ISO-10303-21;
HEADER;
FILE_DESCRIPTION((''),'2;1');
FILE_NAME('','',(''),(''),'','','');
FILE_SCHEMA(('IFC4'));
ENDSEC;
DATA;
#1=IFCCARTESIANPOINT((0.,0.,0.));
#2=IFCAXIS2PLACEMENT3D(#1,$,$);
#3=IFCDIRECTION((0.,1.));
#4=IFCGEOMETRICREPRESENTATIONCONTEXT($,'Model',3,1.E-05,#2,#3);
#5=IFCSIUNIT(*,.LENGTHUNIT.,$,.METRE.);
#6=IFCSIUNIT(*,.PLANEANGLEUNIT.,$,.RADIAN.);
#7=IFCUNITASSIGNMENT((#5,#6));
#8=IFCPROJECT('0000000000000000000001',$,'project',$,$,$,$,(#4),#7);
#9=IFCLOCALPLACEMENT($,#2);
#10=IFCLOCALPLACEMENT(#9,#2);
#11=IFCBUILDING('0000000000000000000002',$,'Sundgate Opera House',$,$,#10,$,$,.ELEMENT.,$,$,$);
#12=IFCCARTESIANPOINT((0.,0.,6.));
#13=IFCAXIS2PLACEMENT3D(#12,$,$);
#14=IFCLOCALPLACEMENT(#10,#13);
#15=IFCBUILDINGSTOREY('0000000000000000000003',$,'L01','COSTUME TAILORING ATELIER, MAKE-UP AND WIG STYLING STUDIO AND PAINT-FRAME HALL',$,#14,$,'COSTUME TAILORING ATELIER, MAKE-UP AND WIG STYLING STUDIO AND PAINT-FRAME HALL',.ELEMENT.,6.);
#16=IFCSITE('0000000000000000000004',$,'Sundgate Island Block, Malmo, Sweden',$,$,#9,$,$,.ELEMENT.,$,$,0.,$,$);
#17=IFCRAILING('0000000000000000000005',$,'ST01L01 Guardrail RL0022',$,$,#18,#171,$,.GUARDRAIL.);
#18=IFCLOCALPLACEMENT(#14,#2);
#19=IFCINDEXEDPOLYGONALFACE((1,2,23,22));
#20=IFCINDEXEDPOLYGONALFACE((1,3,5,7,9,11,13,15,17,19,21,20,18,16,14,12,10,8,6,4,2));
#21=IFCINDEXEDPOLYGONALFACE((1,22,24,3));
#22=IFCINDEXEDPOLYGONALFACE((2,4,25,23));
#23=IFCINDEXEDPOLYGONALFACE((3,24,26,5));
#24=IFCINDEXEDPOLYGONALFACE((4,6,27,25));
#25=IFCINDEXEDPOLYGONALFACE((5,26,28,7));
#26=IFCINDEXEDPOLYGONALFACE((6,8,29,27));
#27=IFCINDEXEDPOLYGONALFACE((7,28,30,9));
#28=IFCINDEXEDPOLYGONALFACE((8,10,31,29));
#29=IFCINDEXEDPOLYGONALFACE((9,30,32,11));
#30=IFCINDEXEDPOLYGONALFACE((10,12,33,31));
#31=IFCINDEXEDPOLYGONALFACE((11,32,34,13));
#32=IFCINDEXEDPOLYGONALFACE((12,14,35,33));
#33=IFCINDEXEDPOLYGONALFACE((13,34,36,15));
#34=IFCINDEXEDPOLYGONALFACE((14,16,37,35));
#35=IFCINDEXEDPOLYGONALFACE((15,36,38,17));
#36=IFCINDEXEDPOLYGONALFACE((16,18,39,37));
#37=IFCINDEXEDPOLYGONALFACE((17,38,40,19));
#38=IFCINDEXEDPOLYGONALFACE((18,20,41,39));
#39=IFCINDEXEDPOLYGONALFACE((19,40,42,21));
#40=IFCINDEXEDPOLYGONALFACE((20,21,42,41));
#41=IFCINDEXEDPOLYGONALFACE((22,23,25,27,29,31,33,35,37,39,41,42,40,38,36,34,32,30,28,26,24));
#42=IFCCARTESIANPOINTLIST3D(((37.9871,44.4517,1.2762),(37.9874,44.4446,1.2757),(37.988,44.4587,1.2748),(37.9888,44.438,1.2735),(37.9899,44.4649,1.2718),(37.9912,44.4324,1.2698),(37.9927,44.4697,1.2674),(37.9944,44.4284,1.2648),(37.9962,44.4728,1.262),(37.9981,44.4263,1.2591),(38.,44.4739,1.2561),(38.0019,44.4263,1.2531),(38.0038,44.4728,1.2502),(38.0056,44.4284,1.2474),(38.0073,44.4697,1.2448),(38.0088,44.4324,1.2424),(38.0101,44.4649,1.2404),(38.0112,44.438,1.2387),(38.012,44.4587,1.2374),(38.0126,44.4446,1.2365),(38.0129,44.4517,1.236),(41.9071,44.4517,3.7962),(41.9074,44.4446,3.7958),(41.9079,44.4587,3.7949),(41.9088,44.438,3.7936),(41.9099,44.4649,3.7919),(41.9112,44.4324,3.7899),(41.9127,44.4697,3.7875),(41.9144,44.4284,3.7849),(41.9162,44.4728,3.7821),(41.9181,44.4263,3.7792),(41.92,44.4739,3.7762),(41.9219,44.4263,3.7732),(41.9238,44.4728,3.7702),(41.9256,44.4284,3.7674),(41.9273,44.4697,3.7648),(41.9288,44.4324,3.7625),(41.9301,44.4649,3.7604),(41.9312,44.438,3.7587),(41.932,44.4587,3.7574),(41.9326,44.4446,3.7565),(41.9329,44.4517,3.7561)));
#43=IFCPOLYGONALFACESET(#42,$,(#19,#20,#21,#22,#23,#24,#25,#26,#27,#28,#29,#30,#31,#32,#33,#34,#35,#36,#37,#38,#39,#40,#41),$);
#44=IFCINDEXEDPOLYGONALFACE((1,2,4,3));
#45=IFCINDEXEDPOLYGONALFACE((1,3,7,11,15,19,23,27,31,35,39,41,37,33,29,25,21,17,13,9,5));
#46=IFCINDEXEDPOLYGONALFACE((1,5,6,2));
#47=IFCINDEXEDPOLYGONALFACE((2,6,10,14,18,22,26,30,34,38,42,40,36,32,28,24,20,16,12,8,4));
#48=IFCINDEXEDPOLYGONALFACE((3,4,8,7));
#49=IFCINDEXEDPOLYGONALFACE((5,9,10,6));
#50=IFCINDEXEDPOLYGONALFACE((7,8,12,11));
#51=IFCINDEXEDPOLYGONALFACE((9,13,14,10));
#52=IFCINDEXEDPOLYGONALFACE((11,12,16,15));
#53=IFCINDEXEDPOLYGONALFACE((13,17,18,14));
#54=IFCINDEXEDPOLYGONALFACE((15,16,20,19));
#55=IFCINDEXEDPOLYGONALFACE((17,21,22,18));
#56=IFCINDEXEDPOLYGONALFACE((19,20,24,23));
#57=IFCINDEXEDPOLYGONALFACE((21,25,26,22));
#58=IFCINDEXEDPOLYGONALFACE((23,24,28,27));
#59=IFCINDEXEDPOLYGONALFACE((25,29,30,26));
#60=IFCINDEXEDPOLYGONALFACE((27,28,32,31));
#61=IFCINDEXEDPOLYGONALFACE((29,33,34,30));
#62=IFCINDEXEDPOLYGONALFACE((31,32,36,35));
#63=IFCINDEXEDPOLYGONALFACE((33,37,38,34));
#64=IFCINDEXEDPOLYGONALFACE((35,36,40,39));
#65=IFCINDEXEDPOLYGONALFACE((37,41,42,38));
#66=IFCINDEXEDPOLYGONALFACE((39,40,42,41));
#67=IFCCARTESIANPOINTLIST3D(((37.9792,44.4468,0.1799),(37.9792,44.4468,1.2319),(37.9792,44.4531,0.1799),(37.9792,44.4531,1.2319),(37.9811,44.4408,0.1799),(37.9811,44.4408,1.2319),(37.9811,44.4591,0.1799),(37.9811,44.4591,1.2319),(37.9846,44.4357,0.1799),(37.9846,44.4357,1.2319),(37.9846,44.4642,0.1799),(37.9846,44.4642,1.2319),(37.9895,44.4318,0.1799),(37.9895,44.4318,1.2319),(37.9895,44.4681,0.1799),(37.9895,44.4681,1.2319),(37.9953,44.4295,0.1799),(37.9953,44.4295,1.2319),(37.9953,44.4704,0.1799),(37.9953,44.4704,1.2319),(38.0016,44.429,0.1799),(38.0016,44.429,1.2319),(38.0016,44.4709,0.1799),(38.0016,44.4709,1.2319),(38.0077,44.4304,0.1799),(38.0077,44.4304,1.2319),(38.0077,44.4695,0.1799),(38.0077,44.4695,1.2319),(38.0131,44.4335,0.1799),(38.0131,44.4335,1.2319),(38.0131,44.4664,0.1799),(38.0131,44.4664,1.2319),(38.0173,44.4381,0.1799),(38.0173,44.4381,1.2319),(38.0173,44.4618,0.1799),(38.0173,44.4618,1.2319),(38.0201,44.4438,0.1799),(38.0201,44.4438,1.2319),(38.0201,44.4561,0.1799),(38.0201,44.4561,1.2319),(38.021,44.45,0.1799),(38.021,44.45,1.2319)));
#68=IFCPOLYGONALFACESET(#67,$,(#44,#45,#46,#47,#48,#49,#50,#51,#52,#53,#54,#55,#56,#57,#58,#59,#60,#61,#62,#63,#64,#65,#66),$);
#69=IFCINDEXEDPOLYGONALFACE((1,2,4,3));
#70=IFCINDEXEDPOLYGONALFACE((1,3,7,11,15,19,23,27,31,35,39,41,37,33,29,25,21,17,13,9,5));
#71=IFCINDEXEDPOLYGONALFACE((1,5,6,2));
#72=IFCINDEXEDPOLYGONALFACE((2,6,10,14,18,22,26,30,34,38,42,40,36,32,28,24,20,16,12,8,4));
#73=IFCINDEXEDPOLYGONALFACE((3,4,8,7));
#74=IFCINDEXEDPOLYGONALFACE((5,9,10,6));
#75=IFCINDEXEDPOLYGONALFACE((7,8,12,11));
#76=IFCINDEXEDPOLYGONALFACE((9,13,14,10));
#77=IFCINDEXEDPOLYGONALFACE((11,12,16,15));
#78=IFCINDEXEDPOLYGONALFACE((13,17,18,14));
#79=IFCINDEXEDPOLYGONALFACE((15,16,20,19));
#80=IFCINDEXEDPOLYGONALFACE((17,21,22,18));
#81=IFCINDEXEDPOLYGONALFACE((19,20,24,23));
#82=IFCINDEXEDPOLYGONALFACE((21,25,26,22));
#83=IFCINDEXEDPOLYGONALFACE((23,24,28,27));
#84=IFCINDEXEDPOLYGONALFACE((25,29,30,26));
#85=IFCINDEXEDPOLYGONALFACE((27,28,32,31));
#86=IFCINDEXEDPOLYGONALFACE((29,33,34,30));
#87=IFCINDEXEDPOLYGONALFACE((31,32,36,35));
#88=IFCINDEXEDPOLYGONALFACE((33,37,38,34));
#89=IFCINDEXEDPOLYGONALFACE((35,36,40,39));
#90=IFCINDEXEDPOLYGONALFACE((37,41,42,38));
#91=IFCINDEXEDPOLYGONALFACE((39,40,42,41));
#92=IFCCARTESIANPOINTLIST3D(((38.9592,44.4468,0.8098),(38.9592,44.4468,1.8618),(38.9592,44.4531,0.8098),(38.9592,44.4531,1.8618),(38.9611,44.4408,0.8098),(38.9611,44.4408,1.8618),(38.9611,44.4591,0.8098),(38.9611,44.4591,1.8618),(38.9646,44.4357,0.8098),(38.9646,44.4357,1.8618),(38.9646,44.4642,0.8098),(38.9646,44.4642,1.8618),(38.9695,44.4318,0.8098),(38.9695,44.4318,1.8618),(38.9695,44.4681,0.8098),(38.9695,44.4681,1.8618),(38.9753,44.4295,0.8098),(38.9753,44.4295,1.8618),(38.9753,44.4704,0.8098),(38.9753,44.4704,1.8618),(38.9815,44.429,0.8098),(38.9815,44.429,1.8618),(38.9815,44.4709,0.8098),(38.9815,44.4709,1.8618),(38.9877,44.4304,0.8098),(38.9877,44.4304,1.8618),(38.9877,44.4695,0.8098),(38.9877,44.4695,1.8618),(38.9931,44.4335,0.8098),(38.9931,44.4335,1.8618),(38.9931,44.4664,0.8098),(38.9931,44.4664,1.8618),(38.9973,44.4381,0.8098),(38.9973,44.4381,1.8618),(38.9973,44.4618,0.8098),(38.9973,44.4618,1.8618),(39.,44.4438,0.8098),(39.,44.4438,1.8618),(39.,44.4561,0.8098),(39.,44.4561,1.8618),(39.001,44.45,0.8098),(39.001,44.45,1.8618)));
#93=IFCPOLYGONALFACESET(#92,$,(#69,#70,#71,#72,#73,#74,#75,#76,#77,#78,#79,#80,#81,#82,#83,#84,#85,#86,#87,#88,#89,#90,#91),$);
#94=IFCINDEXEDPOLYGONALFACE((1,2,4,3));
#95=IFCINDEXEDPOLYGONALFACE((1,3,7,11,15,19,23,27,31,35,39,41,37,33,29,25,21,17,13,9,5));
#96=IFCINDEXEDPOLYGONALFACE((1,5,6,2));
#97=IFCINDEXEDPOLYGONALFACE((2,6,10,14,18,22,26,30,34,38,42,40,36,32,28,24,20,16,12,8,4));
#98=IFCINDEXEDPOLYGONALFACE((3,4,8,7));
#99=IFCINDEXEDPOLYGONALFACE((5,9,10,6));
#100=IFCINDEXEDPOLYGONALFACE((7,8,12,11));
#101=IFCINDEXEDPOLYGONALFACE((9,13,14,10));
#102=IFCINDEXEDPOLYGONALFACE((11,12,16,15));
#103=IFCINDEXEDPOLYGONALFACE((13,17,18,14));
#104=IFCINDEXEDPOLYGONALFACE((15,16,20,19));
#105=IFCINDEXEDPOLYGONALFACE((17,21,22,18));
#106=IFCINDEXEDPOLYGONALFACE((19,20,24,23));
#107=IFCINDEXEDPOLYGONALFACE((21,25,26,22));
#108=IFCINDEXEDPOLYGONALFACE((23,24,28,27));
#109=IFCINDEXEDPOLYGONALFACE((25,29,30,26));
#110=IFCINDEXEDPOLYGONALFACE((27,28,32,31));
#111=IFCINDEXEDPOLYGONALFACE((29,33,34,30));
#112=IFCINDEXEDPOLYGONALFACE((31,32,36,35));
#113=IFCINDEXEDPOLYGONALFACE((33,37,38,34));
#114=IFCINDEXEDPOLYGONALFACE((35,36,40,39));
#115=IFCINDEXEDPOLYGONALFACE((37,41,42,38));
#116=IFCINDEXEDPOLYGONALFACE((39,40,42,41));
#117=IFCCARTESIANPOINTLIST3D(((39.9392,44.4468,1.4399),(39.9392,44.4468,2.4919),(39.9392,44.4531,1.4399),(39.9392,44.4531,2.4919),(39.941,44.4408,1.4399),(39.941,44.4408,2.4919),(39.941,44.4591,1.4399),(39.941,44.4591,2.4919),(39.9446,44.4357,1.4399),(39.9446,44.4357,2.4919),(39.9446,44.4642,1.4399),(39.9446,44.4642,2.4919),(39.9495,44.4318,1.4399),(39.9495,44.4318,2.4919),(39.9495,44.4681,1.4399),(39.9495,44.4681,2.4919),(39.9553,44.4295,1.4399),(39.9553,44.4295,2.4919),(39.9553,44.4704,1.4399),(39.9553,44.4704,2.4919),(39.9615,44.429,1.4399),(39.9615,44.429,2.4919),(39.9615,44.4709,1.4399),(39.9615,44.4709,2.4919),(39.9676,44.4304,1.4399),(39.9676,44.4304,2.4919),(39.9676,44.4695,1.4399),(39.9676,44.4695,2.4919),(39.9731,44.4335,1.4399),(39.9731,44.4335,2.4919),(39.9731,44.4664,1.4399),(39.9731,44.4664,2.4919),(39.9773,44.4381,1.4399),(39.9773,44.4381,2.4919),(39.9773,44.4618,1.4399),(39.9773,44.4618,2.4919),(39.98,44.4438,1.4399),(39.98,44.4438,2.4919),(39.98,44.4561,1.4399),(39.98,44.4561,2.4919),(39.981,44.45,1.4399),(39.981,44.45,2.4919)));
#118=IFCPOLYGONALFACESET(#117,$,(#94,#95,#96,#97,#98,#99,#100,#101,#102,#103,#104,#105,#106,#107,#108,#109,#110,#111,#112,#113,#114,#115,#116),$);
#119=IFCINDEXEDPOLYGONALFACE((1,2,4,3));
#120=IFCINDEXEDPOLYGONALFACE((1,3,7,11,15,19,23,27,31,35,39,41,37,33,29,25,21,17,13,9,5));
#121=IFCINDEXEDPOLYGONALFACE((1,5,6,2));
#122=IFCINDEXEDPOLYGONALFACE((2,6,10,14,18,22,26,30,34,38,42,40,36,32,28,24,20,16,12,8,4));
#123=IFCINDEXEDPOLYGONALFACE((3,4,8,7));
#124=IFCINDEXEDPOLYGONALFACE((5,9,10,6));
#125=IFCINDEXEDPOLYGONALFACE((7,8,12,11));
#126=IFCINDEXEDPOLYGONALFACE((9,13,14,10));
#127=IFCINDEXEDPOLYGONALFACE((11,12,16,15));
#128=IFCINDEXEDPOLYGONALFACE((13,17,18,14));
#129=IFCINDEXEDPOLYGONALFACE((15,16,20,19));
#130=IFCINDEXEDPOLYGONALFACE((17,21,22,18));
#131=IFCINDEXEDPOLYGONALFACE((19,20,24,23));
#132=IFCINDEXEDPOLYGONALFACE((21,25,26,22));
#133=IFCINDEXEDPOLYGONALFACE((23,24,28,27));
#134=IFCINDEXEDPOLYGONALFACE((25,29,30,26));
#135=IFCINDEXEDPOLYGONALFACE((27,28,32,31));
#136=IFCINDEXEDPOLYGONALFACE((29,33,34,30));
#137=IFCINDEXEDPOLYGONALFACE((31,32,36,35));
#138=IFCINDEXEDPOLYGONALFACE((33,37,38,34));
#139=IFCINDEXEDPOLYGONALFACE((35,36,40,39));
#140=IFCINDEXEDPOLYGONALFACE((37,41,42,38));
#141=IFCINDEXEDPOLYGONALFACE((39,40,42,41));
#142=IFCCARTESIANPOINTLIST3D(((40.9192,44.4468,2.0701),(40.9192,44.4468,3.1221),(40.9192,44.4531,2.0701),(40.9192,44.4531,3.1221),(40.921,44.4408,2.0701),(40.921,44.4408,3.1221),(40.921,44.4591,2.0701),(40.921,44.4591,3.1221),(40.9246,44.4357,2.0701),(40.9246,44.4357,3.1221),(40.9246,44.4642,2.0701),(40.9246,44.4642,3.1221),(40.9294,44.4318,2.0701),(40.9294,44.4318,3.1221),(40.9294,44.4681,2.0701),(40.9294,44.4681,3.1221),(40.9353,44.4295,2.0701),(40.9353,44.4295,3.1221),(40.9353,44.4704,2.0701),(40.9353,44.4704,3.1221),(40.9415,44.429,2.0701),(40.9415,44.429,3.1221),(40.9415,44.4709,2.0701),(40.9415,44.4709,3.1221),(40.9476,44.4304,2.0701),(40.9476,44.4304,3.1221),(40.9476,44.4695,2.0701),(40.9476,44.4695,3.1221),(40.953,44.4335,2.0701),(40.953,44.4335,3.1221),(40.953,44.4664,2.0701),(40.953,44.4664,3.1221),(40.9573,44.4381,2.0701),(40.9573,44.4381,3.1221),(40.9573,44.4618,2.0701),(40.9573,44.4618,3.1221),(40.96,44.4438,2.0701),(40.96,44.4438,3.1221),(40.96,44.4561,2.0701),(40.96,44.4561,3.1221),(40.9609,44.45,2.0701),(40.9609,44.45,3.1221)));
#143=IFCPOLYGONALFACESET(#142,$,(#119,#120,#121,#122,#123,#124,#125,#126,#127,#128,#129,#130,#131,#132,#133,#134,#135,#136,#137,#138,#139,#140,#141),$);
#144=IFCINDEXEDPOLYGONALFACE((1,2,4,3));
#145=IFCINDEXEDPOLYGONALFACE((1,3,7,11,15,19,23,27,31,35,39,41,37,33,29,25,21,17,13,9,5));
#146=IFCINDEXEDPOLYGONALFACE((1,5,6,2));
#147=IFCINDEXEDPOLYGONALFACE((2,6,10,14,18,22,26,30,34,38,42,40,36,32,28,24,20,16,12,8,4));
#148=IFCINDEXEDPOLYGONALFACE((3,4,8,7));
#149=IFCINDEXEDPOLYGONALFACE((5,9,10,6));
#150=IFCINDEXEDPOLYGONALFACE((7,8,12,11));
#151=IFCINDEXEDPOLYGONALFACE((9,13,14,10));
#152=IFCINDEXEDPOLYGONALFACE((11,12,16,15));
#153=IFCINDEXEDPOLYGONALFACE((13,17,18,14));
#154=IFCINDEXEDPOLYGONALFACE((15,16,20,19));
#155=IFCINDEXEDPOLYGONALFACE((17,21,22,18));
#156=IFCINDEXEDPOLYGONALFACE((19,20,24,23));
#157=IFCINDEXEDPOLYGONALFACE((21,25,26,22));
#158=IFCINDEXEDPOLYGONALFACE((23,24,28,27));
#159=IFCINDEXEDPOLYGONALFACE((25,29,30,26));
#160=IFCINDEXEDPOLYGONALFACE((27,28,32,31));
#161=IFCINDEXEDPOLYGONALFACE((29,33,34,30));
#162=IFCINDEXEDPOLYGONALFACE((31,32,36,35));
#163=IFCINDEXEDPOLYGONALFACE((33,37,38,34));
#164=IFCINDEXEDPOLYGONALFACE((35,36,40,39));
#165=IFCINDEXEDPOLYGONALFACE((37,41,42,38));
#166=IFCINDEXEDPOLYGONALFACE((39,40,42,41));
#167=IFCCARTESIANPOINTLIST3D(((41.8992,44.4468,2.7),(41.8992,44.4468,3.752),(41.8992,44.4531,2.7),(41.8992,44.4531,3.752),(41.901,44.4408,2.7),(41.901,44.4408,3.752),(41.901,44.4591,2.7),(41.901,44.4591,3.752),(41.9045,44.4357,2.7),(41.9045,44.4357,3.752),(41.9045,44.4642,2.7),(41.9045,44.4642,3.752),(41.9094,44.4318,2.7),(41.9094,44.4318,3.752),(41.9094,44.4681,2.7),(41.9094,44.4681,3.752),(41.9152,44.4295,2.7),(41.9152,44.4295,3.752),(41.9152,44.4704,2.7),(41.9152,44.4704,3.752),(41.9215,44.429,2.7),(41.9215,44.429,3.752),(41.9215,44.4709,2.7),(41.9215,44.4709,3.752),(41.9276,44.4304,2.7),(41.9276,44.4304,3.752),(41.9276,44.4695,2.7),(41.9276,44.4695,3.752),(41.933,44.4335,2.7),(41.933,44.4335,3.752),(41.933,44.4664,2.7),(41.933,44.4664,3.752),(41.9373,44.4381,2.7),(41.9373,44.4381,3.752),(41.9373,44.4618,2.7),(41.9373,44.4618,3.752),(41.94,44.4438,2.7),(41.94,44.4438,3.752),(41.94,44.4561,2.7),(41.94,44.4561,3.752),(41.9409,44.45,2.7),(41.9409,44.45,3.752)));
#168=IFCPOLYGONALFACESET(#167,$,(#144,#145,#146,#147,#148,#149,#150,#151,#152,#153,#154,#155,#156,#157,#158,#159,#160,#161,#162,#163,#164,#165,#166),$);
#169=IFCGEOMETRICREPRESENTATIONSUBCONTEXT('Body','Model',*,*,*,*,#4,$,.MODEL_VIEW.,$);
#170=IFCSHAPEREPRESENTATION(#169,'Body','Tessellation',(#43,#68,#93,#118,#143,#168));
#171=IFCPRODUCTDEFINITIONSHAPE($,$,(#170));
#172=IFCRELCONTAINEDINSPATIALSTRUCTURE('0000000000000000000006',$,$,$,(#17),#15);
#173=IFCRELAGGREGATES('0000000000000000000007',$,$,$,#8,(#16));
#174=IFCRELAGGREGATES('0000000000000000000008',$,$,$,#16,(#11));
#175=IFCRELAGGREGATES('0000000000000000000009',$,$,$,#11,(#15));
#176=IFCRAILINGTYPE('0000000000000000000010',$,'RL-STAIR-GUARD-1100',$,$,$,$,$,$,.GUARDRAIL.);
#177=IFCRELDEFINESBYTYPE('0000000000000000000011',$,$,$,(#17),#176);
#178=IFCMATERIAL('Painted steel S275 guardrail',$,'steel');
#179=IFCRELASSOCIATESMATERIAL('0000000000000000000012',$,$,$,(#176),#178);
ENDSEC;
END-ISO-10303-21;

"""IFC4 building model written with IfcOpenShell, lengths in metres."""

from ifc_helpers import new_model, si_unit, direction, frame, origin, origin_2d, place, context, subcontext, project, spatial, circle, extrude, material, type_object, element, save


model = new_model("IFC4")

# Units and contexts
model_context = context("Model", 3, precision=1e-05, world=origin(), true_north=direction((0.0, 1.0)))
body_context = subcontext(model_context, "Body", "Model", "MODEL_VIEW")
ifc_project = project(units=[si_unit("LENGTHUNIT", "METRE"), si_unit("PLANEANGLEUNIT", "RADIAN")], contexts=[model_context])

# Site, building, storey
site_placement = place(None, origin())
site = spatial("IfcSite", under=ifc_project, at=site_placement, Name="Sundgate Island Block, Malmo, Sweden", CompositionType="ELEMENT", RefElevation=0.0)
building_placement = place(site_placement, origin())
building = spatial("IfcBuilding", under=site, at=building_placement, Name="Sundgate Opera House", CompositionType="ELEMENT")
storey_placement = place(building_placement, frame((0.0, 0.0, 6.0)))
storey = spatial("IfcBuildingStorey", under=building, at=storey_placement, Name="L01", Description="COSTUME TAILORING ATELIER, MAKE-UP AND WIG STYLING STUDIO AND PAINT-FRAME HALL", LongName="COSTUME TAILORING ATELIER, MAKE-UP AND WIG STYLING STUDIO AND PAINT-FRAME HALL", CompositionType="ELEMENT", Elevation=6.0)

# Railing
ifc_material_1 = material(Name="Painted steel S275 guardrail", Category="steel")
railing_type_1 = type_object("IfcRailingType", Name="RL-STAIR-GUARD-1100", PredefinedType="GUARDRAIL", material=ifc_material_1)
railing_1_placement = place(storey_placement, frame((38.0, 44.45, 0.1799)))
element("IfcRailing", 1, at=railing_1_placement, inside=storey, type_object=railing_type_1, Name="ST01L01 Guardrail RL0022", PredefinedType="GUARDRAIL", context=body_context, shape_type="SweptSolid", body=[
    extrude(circle(Radius=0.0239, at=origin_2d()), frame((0.0, 0.0, 1.0762), z_axis=(0.841172, 0.0, 0.540768), x_axis=(0.0, 1.0, 0.0)), (0.0, 0.0, 1.0), 4.6602),
    extrude(circle(Radius=0.021, at=origin_2d()), origin(), (0.0, 0.0, 1.0), 1.052),
    extrude(circle(Radius=0.021, at=origin_2d()), frame((0.98, 0.0, 0.6299)), (0.0, 0.0, 1.0), 1.052),
    extrude(circle(Radius=0.021, at=origin_2d()), frame((1.96, 0.0, 1.26)), (0.0, 0.0, 1.0), 1.052),
    extrude(circle(Radius=0.021, at=origin_2d()), frame((2.9399, 0.0, 1.8901)), (0.0, 0.0, 1.0), 1.052),
    extrude(circle(Radius=0.021, at=origin_2d()), frame((3.9199, 0.0, 2.52)), (0.0, 0.0, 1.0), 1.052),
])

save(model, "model.ifc")
